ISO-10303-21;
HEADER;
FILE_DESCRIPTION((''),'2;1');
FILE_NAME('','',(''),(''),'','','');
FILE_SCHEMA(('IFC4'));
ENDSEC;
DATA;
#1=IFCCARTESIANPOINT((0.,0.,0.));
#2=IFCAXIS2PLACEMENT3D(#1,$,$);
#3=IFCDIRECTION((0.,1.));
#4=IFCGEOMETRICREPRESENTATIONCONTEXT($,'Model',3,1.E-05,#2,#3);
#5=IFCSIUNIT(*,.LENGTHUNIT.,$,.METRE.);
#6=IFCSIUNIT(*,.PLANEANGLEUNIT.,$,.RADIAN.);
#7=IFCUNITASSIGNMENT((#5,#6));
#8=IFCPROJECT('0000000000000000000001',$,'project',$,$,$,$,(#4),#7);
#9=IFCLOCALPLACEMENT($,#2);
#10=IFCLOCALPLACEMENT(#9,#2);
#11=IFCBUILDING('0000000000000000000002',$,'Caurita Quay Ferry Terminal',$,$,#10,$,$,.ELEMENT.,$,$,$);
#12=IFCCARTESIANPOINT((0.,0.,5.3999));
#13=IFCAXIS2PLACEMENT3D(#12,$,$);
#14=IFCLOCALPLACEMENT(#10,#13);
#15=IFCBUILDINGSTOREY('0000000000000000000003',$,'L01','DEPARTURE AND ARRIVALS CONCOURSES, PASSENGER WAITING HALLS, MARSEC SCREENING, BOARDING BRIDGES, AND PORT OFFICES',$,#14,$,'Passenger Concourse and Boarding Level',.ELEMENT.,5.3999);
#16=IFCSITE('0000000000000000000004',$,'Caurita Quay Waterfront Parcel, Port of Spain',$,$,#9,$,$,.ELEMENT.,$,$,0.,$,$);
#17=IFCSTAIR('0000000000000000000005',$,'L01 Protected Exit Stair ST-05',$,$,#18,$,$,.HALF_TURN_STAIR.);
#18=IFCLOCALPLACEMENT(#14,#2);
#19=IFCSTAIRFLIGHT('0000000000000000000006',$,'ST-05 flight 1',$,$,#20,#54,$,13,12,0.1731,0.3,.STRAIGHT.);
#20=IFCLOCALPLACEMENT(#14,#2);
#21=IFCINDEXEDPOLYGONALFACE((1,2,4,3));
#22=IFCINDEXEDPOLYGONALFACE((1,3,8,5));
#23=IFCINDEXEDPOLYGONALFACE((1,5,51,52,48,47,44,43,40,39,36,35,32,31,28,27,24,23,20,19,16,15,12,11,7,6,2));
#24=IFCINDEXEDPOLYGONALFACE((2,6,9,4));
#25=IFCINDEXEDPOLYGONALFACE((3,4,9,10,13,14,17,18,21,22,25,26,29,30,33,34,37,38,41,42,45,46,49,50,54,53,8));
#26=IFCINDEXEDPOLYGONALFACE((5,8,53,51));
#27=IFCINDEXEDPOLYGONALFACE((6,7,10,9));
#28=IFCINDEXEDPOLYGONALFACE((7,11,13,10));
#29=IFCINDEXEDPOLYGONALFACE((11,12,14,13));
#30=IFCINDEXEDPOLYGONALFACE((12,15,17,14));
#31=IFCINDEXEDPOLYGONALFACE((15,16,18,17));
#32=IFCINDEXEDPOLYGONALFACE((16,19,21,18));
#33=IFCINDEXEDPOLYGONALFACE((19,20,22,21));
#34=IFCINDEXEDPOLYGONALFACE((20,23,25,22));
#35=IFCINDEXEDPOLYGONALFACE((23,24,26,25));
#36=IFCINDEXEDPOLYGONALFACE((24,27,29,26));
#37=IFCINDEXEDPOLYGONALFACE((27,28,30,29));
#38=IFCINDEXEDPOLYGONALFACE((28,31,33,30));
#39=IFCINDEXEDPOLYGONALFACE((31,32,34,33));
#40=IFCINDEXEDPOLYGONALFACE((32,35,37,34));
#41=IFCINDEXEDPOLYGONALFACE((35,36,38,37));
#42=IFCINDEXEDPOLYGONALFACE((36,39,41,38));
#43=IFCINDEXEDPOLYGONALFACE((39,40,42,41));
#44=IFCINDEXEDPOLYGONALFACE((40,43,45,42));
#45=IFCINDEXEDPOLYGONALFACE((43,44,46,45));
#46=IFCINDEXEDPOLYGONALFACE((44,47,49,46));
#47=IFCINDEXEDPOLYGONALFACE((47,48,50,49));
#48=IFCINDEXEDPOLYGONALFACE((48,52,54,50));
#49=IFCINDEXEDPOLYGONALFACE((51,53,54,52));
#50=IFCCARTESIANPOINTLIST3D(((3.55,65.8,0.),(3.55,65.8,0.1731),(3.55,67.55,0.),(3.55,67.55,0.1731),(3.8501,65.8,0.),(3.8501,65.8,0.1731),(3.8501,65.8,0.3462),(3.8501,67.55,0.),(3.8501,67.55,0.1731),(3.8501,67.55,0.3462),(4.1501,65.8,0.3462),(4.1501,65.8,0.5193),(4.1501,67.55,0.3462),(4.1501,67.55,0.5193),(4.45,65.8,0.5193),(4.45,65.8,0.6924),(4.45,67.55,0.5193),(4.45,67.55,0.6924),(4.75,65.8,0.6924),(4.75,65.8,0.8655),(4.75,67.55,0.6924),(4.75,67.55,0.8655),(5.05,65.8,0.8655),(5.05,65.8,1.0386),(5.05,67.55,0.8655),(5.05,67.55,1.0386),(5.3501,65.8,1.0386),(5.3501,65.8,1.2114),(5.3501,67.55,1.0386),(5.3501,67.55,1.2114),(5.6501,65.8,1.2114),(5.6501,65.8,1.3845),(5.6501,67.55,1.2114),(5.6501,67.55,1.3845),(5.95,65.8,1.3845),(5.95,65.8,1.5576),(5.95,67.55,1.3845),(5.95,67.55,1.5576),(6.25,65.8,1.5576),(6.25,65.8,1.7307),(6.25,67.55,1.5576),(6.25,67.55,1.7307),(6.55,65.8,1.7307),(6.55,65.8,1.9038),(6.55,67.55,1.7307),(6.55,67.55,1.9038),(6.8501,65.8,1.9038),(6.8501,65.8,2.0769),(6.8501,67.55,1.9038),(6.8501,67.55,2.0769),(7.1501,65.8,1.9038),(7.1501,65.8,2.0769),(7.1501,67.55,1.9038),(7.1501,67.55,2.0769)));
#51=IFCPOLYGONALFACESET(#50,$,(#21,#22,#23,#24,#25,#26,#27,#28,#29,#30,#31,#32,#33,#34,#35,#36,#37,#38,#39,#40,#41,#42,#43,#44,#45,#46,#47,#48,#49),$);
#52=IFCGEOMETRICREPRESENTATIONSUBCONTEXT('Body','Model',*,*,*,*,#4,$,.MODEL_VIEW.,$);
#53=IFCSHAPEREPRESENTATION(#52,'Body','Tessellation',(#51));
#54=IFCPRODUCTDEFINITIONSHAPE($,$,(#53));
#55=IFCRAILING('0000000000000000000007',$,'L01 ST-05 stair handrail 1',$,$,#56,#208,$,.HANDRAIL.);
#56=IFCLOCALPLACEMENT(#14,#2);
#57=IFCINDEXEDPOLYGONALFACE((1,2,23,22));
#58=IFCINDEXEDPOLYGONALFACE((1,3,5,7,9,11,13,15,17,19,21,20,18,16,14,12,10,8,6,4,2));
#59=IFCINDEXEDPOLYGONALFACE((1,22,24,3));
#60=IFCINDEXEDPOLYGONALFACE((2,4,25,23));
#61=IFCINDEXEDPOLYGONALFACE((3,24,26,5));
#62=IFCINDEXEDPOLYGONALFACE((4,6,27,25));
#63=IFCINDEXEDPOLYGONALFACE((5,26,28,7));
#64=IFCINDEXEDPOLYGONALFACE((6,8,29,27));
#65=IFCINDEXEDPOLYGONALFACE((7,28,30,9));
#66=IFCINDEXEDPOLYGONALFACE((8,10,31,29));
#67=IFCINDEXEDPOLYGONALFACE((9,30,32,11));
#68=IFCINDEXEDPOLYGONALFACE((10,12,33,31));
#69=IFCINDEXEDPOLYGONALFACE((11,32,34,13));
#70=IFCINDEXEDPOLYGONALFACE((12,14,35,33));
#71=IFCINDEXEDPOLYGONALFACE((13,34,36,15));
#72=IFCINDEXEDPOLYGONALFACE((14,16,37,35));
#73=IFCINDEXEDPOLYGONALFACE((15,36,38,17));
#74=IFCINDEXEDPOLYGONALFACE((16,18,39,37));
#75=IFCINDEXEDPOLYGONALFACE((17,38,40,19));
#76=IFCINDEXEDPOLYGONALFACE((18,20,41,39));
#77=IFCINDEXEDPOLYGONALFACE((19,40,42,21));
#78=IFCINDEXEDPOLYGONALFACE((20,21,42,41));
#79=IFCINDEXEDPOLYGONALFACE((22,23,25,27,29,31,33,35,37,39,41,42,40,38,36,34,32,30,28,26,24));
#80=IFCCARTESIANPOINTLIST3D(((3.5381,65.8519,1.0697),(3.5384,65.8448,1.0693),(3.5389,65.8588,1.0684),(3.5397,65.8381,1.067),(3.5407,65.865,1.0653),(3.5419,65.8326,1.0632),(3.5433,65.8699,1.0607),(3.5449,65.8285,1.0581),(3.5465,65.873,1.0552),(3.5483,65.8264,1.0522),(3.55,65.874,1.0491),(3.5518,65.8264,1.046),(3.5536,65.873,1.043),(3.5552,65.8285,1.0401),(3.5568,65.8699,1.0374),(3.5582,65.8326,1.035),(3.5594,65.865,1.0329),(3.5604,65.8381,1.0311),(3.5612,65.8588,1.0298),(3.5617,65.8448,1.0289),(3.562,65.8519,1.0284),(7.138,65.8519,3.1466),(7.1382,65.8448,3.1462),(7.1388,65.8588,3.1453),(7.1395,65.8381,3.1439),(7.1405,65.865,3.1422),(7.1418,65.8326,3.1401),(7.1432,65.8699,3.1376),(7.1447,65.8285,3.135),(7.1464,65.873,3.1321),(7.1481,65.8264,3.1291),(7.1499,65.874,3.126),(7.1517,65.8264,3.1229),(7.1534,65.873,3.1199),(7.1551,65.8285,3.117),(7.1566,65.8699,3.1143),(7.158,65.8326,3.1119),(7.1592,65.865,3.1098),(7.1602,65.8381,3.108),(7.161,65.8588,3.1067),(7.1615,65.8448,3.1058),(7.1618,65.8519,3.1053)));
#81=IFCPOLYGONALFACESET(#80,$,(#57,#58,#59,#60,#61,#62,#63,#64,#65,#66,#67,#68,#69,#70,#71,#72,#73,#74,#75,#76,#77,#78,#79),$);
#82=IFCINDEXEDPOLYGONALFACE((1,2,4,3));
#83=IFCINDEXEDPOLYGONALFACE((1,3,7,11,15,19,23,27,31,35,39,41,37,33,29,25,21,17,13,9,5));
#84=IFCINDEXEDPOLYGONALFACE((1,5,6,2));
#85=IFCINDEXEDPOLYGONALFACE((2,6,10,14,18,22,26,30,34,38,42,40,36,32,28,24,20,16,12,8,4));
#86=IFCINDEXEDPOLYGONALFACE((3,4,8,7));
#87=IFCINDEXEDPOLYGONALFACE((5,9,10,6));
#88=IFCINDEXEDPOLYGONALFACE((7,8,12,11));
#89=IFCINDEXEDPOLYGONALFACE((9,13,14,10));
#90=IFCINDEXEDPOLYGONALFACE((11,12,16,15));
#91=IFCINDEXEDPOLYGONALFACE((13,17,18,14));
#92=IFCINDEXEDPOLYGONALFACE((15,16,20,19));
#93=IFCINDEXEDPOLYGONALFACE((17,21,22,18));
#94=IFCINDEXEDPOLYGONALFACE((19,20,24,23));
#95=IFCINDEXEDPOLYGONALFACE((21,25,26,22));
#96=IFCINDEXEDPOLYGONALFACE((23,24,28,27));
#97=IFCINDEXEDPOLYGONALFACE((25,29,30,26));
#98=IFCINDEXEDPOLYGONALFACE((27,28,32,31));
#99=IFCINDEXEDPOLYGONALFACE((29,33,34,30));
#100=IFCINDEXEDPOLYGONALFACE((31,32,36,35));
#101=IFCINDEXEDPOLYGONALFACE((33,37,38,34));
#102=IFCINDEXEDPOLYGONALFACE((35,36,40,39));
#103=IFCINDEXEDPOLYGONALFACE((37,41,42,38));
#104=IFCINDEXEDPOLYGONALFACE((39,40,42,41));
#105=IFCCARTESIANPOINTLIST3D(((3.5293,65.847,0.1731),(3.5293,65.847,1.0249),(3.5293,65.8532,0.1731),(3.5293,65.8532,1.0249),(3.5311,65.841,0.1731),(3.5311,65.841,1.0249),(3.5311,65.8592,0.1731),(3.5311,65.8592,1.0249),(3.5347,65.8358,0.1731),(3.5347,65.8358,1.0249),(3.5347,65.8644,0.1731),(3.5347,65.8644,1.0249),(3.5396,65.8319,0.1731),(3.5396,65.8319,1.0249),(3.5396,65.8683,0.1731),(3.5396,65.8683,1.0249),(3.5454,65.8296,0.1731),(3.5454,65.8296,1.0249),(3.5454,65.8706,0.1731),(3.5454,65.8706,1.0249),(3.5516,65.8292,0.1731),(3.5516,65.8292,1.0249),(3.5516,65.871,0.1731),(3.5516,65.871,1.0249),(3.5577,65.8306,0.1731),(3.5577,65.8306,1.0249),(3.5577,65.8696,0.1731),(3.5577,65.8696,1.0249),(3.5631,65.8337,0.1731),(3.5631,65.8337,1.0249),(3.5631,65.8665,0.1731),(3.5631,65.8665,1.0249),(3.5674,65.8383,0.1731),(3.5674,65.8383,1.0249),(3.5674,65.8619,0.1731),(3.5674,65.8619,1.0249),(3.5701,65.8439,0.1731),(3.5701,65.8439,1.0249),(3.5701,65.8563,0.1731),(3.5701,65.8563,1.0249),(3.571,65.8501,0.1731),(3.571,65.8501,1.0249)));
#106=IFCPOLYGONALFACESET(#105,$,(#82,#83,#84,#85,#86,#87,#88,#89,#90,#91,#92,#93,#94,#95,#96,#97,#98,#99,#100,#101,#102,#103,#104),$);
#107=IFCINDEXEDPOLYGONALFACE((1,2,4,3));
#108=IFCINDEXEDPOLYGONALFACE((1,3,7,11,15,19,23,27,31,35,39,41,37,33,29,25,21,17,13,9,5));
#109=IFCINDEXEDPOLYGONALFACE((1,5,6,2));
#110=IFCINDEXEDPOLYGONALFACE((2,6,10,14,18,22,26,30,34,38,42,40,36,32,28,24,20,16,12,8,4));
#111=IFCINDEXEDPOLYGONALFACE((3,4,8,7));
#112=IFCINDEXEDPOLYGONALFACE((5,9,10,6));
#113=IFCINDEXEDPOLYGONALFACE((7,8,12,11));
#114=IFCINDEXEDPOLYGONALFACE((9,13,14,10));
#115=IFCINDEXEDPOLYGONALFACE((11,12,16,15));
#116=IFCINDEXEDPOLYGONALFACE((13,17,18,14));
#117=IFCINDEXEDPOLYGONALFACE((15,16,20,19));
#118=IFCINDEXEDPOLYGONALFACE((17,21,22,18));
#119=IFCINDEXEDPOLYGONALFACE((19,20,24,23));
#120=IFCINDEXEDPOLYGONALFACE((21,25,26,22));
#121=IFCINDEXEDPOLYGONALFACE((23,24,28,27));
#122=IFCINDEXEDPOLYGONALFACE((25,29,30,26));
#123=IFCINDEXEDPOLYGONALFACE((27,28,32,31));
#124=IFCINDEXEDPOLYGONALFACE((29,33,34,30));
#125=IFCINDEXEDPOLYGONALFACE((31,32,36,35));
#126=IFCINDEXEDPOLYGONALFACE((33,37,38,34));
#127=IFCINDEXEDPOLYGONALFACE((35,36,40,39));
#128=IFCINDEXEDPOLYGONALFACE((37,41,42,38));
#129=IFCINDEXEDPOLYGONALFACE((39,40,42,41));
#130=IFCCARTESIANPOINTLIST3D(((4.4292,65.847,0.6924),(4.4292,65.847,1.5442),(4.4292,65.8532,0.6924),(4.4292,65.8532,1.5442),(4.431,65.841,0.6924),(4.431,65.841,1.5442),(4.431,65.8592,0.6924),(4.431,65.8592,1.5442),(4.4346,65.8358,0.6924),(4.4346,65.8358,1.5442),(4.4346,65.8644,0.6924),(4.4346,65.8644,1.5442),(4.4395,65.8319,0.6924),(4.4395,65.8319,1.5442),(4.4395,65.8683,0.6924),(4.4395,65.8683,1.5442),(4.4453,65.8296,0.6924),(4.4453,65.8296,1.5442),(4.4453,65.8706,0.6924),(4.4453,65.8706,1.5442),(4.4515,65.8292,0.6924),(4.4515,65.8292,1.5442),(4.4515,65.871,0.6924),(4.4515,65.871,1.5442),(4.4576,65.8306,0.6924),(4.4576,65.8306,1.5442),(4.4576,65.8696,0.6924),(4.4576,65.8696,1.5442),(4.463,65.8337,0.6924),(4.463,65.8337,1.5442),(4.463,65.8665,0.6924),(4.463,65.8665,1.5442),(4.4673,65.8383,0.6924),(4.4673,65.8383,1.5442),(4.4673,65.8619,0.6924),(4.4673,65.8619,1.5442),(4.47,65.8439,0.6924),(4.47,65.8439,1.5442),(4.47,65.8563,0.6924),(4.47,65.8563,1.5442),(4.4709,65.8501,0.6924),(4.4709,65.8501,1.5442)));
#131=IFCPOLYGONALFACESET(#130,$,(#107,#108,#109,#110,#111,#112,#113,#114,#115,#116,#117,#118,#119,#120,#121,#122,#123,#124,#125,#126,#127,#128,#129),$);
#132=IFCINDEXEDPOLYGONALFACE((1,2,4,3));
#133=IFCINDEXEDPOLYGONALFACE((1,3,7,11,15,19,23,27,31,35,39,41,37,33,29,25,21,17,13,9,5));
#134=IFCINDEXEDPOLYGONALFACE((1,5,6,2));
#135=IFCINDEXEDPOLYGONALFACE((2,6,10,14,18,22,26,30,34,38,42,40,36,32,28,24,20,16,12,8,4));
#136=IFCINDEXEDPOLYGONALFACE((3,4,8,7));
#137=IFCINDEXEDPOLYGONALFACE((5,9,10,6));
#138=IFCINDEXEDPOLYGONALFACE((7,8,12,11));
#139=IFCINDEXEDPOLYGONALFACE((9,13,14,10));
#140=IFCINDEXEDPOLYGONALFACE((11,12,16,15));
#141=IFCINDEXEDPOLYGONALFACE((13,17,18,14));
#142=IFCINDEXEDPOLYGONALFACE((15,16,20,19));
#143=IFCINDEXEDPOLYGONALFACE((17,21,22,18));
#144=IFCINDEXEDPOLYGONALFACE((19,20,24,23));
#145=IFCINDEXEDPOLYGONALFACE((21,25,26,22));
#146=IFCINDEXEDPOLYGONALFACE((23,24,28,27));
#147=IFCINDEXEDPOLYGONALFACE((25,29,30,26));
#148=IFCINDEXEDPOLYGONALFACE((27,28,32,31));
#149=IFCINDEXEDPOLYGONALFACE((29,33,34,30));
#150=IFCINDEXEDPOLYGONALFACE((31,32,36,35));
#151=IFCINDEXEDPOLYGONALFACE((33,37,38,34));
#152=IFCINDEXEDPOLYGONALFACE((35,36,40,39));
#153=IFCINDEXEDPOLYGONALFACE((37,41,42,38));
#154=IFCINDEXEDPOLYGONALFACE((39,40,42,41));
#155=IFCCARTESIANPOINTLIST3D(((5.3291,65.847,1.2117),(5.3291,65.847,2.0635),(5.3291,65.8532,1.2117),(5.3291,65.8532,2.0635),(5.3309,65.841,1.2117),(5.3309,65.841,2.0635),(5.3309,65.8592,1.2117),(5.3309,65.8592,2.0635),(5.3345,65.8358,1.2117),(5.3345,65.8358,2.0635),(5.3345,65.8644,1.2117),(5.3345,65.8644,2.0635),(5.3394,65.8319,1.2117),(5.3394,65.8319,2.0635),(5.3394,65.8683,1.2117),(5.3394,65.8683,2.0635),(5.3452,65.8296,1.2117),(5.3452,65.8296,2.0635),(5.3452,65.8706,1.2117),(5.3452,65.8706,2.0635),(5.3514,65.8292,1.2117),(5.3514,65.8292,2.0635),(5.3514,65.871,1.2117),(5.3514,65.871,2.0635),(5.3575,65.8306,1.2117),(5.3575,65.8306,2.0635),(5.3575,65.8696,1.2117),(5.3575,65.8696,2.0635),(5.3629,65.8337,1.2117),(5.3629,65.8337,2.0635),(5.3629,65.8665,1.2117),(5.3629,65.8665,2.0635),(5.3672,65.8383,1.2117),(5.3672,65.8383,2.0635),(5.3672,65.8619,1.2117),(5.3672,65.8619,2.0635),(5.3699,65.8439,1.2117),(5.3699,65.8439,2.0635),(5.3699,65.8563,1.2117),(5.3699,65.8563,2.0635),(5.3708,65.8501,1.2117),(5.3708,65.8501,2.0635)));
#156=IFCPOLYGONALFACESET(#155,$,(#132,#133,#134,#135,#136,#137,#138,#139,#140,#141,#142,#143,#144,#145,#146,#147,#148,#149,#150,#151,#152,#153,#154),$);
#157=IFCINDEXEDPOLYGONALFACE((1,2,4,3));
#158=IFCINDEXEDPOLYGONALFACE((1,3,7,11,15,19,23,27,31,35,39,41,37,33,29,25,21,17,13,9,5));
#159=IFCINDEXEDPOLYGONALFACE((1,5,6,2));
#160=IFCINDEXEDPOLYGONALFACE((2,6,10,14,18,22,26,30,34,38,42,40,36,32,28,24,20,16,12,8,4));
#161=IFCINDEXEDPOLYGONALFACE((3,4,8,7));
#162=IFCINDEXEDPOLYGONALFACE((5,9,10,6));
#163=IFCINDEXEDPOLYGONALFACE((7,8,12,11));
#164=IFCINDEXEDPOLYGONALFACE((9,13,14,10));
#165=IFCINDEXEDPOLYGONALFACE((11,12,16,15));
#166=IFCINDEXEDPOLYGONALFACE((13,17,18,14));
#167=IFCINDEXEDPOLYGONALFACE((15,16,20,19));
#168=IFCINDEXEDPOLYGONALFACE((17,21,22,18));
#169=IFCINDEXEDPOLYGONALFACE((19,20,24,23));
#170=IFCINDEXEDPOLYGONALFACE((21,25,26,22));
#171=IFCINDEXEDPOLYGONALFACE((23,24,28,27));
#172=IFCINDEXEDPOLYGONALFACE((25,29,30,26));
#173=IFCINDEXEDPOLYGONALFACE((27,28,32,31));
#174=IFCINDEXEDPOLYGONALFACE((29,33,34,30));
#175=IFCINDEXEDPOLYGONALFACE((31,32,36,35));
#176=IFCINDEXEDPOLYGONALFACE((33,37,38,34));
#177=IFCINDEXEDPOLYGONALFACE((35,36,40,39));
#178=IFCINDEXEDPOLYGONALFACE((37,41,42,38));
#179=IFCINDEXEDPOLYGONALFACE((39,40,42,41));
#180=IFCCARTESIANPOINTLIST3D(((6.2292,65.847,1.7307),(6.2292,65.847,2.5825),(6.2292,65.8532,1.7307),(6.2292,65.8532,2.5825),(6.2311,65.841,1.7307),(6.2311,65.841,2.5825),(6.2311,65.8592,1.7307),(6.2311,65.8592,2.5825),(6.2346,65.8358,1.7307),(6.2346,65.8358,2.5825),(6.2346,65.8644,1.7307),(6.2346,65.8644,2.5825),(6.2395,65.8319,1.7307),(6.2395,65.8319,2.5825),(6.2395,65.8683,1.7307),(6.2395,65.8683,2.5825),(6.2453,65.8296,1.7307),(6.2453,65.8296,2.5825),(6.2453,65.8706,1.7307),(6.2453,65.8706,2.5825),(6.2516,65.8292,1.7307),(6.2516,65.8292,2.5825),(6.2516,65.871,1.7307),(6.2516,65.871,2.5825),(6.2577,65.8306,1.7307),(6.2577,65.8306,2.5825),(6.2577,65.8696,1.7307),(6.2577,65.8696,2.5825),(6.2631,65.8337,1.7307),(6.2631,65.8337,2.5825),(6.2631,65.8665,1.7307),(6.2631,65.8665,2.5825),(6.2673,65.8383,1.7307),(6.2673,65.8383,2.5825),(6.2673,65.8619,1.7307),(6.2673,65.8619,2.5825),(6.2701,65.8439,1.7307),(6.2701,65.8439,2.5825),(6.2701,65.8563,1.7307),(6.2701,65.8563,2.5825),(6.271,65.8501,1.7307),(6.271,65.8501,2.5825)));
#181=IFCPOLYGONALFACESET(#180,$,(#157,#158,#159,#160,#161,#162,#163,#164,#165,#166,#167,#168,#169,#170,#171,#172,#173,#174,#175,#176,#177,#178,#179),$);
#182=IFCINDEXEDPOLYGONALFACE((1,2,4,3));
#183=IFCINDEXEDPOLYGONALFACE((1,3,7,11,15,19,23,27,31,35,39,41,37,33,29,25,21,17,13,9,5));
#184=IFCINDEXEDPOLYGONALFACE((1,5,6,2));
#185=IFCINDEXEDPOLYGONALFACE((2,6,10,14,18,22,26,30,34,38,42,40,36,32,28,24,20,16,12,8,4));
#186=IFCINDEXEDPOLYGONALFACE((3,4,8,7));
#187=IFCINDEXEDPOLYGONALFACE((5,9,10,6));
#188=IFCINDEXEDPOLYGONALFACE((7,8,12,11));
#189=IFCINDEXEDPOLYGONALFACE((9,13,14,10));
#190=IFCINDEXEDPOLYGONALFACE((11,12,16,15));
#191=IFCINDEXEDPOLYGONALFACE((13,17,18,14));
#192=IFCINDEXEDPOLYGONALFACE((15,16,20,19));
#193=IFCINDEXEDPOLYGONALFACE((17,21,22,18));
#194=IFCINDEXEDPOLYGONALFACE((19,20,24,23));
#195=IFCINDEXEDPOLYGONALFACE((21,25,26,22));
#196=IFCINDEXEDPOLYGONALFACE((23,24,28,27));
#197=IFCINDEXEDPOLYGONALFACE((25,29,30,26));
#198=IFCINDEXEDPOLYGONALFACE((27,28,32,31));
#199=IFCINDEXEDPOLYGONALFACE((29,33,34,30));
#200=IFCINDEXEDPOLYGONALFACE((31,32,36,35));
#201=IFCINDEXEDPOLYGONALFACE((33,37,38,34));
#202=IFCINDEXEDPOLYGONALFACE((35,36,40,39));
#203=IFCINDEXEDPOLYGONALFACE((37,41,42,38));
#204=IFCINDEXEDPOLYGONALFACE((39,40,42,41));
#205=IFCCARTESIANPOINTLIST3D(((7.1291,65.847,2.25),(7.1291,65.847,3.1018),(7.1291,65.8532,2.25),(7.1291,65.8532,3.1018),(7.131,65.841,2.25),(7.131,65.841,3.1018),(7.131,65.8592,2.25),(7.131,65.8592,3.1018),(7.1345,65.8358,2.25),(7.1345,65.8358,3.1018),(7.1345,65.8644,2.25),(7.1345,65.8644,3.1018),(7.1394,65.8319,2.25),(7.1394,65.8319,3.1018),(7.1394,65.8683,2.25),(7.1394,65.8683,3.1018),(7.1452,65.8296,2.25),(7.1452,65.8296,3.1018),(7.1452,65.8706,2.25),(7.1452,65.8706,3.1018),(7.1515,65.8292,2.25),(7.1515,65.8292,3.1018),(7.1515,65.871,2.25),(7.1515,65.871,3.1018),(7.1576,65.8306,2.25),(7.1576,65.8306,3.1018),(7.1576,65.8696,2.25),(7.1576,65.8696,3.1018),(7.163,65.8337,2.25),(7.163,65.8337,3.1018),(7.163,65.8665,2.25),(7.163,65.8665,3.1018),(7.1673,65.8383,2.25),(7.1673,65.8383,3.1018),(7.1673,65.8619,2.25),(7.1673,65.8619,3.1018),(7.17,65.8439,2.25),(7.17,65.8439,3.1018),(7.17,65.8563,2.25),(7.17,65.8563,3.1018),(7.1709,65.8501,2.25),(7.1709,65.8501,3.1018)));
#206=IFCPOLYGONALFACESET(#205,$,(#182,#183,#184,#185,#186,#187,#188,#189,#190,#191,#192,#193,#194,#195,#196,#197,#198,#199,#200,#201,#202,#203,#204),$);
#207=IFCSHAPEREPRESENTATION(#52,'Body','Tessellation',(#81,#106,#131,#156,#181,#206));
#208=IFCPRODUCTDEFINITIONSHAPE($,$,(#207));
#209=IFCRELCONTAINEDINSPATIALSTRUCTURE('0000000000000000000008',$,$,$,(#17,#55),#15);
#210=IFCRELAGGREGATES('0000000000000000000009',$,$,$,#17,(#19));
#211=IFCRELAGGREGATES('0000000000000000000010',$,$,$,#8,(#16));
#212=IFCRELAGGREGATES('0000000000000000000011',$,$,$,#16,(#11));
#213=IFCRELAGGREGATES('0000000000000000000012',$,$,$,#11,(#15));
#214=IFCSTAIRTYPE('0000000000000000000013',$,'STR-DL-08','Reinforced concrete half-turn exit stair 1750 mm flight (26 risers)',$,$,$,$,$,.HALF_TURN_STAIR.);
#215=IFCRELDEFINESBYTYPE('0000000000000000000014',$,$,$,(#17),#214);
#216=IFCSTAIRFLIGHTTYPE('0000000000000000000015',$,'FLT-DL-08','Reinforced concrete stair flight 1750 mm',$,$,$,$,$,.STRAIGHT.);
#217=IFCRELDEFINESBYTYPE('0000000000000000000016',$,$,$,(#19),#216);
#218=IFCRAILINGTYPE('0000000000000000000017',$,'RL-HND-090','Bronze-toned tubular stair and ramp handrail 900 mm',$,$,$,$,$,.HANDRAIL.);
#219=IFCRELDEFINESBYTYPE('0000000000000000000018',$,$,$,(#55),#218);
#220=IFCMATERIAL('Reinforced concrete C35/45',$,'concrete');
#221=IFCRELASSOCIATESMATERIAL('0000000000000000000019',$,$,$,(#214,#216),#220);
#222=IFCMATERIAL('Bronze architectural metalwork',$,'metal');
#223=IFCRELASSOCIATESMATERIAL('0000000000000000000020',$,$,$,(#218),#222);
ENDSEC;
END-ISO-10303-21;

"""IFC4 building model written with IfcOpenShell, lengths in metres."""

from ifc_helpers import new_model, si_unit, direction, frame, origin, origin_2d, place, context, subcontext, project, spatial, polyline, circle, outline, extrude, material, type_object, element, aggregate, save


model = new_model("IFC4")

# Units and contexts
model_context = context("Model", 3, precision=1e-05, world=origin(), true_north=direction((0.0, 1.0)))
body_context = subcontext(model_context, "Body", "Model", "MODEL_VIEW")
ifc_project = project(units=[si_unit("LENGTHUNIT", "METRE"), si_unit("PLANEANGLEUNIT", "RADIAN")], contexts=[model_context])

# Site, building, storey
site_placement = place(None, origin())
site = spatial("IfcSite", under=ifc_project, at=site_placement, Name="Caurita Quay Waterfront Parcel, Port of Spain", CompositionType="ELEMENT", RefElevation=0.0)
building_placement = place(site_placement, origin())
building = spatial("IfcBuilding", under=site, at=building_placement, Name="Caurita Quay Ferry Terminal", CompositionType="ELEMENT")
storey_placement = place(building_placement, frame((0.0, 0.0, 5.3999)))
storey = spatial("IfcBuildingStorey", under=building, at=storey_placement, Name="L01", Description="DEPARTURE AND ARRIVALS CONCOURSES, PASSENGER WAITING HALLS, MARSEC SCREENING, BOARDING BRIDGES, AND PORT OFFICES", LongName="Passenger Concourse and Boarding Level", CompositionType="ELEMENT", Elevation=5.3999)

# Shared definitions
ifc_material_1 = material(Name="Reinforced concrete C35/45", Category="concrete")

# Stair, stair flight
stair_type = type_object("IfcStairType", Name="STR-DL-08", Description="Reinforced concrete half-turn exit stair 1750 mm flight (26 risers)", PredefinedType="HALF_TURN_STAIR", material=ifc_material_1)
stair_placement = place(storey_placement, origin())
stair = element("IfcStair", 1, at=stair_placement, inside=storey, type_object=stair_type, Name="L01 Protected Exit Stair ST-05", PredefinedType="HALF_TURN_STAIR")
stair_flight_type = type_object("IfcStairFlightType", Name="FLT-DL-08", Description="Reinforced concrete stair flight 1750 mm", PredefinedType="STRAIGHT", material=ifc_material_1)
stair_flight_placement = place(storey_placement, frame((3.55, 66.675, 0.0), z_axis=(0.0, 0.0, 1.0), x_axis=(1.0, 0.0, 0.0)))
stair_flight = element("IfcStairFlight", 2, at=stair_flight_placement, type_object=stair_flight_type, Name="ST-05 flight 1", NumberOfRisers=13, NumberOfTreads=12, PredefinedType="STRAIGHT", RiserHeight=0.1731, TreadLength=0.3, context=body_context, shape_type="SweptSolid", body=[
    extrude(outline(polyline([(0.0, 0.0), (0.0, 0.1731), (0.3, 0.1731), (0.3, 0.3462), (0.6001, 0.3462), (0.6001, 0.5193), (0.8999, 0.5193), (0.8999, 0.6924), (1.2, 0.6924), (1.2, 0.8655), (1.5, 0.8655), (1.5, 1.0386), (1.8, 1.0386), (1.8, 1.2114), (2.1001, 1.2114), (2.1001, 1.3845), (2.3999, 1.3845), (2.3999, 1.5576), (2.7, 1.5576), (2.7, 1.7307), (3.0, 1.7307), (3.0, 1.9038), (3.3, 1.9038), (3.3, 2.0769), (3.6001, 2.0769), (3.6001, 2.25), (3.6001, 1.9038), (0.3, 0.0), (0.0, 0.0)])), frame((0.0, 0.875, 0.0), z_axis=(0.0, -1.0, 0.0), x_axis=(1.0, 0.0, 0.0)), (0.0, 0.0, 1.0), 1.75),
])
aggregate(stair, [stair_flight])

# Railing
ifc_material_2 = material(Name="Bronze architectural metalwork", Category="metal")
railing_type_1 = type_object("IfcRailingType", Name="RL-HND-090", Description="Bronze-toned tubular stair and ramp handrail 900 mm", PredefinedType="HANDRAIL", material=ifc_material_2)
railing_1_placement = place(storey_placement, frame((3.55, 65.8501, 0.1731)))
element("IfcRailing", 3, at=railing_1_placement, inside=storey, type_object=railing_type_1, Name="L01 ST-05 stair handrail 1", PredefinedType="HANDRAIL", context=body_context, shape_type="SweptSolid", body=[
    extrude(circle(Radius=0.0239, at=origin_2d()), frame((0.0, 0.0, 0.876), z_axis=(0.866179, 0.0, 0.499734), x_axis=(0.0, 1.0, 0.0)), (0.0, 0.0, 1.0), 4.156),
    extrude(circle(Radius=0.021, at=origin_2d()), origin(), (0.0, 0.0, 1.0), 0.8518),
    extrude(circle(Radius=0.021, at=origin_2d()), frame((0.8999, 0.0, 0.5193)), (0.0, 0.0, 1.0), 0.8518),
    extrude(circle(Radius=0.021, at=origin_2d()), frame((1.7998, 0.0, 1.0386)), (0.0, 0.0, 1.0), 0.8518),
    extrude(circle(Radius=0.021, at=origin_2d()), frame((2.7, 0.0, 1.5576)), (0.0, 0.0, 1.0), 0.8518),
    extrude(circle(Radius=0.021, at=origin_2d()), frame((3.5999, 0.0, 2.0769)), (0.0, 0.0, 1.0), 0.8518),
])

save(model, "model.ifc")
